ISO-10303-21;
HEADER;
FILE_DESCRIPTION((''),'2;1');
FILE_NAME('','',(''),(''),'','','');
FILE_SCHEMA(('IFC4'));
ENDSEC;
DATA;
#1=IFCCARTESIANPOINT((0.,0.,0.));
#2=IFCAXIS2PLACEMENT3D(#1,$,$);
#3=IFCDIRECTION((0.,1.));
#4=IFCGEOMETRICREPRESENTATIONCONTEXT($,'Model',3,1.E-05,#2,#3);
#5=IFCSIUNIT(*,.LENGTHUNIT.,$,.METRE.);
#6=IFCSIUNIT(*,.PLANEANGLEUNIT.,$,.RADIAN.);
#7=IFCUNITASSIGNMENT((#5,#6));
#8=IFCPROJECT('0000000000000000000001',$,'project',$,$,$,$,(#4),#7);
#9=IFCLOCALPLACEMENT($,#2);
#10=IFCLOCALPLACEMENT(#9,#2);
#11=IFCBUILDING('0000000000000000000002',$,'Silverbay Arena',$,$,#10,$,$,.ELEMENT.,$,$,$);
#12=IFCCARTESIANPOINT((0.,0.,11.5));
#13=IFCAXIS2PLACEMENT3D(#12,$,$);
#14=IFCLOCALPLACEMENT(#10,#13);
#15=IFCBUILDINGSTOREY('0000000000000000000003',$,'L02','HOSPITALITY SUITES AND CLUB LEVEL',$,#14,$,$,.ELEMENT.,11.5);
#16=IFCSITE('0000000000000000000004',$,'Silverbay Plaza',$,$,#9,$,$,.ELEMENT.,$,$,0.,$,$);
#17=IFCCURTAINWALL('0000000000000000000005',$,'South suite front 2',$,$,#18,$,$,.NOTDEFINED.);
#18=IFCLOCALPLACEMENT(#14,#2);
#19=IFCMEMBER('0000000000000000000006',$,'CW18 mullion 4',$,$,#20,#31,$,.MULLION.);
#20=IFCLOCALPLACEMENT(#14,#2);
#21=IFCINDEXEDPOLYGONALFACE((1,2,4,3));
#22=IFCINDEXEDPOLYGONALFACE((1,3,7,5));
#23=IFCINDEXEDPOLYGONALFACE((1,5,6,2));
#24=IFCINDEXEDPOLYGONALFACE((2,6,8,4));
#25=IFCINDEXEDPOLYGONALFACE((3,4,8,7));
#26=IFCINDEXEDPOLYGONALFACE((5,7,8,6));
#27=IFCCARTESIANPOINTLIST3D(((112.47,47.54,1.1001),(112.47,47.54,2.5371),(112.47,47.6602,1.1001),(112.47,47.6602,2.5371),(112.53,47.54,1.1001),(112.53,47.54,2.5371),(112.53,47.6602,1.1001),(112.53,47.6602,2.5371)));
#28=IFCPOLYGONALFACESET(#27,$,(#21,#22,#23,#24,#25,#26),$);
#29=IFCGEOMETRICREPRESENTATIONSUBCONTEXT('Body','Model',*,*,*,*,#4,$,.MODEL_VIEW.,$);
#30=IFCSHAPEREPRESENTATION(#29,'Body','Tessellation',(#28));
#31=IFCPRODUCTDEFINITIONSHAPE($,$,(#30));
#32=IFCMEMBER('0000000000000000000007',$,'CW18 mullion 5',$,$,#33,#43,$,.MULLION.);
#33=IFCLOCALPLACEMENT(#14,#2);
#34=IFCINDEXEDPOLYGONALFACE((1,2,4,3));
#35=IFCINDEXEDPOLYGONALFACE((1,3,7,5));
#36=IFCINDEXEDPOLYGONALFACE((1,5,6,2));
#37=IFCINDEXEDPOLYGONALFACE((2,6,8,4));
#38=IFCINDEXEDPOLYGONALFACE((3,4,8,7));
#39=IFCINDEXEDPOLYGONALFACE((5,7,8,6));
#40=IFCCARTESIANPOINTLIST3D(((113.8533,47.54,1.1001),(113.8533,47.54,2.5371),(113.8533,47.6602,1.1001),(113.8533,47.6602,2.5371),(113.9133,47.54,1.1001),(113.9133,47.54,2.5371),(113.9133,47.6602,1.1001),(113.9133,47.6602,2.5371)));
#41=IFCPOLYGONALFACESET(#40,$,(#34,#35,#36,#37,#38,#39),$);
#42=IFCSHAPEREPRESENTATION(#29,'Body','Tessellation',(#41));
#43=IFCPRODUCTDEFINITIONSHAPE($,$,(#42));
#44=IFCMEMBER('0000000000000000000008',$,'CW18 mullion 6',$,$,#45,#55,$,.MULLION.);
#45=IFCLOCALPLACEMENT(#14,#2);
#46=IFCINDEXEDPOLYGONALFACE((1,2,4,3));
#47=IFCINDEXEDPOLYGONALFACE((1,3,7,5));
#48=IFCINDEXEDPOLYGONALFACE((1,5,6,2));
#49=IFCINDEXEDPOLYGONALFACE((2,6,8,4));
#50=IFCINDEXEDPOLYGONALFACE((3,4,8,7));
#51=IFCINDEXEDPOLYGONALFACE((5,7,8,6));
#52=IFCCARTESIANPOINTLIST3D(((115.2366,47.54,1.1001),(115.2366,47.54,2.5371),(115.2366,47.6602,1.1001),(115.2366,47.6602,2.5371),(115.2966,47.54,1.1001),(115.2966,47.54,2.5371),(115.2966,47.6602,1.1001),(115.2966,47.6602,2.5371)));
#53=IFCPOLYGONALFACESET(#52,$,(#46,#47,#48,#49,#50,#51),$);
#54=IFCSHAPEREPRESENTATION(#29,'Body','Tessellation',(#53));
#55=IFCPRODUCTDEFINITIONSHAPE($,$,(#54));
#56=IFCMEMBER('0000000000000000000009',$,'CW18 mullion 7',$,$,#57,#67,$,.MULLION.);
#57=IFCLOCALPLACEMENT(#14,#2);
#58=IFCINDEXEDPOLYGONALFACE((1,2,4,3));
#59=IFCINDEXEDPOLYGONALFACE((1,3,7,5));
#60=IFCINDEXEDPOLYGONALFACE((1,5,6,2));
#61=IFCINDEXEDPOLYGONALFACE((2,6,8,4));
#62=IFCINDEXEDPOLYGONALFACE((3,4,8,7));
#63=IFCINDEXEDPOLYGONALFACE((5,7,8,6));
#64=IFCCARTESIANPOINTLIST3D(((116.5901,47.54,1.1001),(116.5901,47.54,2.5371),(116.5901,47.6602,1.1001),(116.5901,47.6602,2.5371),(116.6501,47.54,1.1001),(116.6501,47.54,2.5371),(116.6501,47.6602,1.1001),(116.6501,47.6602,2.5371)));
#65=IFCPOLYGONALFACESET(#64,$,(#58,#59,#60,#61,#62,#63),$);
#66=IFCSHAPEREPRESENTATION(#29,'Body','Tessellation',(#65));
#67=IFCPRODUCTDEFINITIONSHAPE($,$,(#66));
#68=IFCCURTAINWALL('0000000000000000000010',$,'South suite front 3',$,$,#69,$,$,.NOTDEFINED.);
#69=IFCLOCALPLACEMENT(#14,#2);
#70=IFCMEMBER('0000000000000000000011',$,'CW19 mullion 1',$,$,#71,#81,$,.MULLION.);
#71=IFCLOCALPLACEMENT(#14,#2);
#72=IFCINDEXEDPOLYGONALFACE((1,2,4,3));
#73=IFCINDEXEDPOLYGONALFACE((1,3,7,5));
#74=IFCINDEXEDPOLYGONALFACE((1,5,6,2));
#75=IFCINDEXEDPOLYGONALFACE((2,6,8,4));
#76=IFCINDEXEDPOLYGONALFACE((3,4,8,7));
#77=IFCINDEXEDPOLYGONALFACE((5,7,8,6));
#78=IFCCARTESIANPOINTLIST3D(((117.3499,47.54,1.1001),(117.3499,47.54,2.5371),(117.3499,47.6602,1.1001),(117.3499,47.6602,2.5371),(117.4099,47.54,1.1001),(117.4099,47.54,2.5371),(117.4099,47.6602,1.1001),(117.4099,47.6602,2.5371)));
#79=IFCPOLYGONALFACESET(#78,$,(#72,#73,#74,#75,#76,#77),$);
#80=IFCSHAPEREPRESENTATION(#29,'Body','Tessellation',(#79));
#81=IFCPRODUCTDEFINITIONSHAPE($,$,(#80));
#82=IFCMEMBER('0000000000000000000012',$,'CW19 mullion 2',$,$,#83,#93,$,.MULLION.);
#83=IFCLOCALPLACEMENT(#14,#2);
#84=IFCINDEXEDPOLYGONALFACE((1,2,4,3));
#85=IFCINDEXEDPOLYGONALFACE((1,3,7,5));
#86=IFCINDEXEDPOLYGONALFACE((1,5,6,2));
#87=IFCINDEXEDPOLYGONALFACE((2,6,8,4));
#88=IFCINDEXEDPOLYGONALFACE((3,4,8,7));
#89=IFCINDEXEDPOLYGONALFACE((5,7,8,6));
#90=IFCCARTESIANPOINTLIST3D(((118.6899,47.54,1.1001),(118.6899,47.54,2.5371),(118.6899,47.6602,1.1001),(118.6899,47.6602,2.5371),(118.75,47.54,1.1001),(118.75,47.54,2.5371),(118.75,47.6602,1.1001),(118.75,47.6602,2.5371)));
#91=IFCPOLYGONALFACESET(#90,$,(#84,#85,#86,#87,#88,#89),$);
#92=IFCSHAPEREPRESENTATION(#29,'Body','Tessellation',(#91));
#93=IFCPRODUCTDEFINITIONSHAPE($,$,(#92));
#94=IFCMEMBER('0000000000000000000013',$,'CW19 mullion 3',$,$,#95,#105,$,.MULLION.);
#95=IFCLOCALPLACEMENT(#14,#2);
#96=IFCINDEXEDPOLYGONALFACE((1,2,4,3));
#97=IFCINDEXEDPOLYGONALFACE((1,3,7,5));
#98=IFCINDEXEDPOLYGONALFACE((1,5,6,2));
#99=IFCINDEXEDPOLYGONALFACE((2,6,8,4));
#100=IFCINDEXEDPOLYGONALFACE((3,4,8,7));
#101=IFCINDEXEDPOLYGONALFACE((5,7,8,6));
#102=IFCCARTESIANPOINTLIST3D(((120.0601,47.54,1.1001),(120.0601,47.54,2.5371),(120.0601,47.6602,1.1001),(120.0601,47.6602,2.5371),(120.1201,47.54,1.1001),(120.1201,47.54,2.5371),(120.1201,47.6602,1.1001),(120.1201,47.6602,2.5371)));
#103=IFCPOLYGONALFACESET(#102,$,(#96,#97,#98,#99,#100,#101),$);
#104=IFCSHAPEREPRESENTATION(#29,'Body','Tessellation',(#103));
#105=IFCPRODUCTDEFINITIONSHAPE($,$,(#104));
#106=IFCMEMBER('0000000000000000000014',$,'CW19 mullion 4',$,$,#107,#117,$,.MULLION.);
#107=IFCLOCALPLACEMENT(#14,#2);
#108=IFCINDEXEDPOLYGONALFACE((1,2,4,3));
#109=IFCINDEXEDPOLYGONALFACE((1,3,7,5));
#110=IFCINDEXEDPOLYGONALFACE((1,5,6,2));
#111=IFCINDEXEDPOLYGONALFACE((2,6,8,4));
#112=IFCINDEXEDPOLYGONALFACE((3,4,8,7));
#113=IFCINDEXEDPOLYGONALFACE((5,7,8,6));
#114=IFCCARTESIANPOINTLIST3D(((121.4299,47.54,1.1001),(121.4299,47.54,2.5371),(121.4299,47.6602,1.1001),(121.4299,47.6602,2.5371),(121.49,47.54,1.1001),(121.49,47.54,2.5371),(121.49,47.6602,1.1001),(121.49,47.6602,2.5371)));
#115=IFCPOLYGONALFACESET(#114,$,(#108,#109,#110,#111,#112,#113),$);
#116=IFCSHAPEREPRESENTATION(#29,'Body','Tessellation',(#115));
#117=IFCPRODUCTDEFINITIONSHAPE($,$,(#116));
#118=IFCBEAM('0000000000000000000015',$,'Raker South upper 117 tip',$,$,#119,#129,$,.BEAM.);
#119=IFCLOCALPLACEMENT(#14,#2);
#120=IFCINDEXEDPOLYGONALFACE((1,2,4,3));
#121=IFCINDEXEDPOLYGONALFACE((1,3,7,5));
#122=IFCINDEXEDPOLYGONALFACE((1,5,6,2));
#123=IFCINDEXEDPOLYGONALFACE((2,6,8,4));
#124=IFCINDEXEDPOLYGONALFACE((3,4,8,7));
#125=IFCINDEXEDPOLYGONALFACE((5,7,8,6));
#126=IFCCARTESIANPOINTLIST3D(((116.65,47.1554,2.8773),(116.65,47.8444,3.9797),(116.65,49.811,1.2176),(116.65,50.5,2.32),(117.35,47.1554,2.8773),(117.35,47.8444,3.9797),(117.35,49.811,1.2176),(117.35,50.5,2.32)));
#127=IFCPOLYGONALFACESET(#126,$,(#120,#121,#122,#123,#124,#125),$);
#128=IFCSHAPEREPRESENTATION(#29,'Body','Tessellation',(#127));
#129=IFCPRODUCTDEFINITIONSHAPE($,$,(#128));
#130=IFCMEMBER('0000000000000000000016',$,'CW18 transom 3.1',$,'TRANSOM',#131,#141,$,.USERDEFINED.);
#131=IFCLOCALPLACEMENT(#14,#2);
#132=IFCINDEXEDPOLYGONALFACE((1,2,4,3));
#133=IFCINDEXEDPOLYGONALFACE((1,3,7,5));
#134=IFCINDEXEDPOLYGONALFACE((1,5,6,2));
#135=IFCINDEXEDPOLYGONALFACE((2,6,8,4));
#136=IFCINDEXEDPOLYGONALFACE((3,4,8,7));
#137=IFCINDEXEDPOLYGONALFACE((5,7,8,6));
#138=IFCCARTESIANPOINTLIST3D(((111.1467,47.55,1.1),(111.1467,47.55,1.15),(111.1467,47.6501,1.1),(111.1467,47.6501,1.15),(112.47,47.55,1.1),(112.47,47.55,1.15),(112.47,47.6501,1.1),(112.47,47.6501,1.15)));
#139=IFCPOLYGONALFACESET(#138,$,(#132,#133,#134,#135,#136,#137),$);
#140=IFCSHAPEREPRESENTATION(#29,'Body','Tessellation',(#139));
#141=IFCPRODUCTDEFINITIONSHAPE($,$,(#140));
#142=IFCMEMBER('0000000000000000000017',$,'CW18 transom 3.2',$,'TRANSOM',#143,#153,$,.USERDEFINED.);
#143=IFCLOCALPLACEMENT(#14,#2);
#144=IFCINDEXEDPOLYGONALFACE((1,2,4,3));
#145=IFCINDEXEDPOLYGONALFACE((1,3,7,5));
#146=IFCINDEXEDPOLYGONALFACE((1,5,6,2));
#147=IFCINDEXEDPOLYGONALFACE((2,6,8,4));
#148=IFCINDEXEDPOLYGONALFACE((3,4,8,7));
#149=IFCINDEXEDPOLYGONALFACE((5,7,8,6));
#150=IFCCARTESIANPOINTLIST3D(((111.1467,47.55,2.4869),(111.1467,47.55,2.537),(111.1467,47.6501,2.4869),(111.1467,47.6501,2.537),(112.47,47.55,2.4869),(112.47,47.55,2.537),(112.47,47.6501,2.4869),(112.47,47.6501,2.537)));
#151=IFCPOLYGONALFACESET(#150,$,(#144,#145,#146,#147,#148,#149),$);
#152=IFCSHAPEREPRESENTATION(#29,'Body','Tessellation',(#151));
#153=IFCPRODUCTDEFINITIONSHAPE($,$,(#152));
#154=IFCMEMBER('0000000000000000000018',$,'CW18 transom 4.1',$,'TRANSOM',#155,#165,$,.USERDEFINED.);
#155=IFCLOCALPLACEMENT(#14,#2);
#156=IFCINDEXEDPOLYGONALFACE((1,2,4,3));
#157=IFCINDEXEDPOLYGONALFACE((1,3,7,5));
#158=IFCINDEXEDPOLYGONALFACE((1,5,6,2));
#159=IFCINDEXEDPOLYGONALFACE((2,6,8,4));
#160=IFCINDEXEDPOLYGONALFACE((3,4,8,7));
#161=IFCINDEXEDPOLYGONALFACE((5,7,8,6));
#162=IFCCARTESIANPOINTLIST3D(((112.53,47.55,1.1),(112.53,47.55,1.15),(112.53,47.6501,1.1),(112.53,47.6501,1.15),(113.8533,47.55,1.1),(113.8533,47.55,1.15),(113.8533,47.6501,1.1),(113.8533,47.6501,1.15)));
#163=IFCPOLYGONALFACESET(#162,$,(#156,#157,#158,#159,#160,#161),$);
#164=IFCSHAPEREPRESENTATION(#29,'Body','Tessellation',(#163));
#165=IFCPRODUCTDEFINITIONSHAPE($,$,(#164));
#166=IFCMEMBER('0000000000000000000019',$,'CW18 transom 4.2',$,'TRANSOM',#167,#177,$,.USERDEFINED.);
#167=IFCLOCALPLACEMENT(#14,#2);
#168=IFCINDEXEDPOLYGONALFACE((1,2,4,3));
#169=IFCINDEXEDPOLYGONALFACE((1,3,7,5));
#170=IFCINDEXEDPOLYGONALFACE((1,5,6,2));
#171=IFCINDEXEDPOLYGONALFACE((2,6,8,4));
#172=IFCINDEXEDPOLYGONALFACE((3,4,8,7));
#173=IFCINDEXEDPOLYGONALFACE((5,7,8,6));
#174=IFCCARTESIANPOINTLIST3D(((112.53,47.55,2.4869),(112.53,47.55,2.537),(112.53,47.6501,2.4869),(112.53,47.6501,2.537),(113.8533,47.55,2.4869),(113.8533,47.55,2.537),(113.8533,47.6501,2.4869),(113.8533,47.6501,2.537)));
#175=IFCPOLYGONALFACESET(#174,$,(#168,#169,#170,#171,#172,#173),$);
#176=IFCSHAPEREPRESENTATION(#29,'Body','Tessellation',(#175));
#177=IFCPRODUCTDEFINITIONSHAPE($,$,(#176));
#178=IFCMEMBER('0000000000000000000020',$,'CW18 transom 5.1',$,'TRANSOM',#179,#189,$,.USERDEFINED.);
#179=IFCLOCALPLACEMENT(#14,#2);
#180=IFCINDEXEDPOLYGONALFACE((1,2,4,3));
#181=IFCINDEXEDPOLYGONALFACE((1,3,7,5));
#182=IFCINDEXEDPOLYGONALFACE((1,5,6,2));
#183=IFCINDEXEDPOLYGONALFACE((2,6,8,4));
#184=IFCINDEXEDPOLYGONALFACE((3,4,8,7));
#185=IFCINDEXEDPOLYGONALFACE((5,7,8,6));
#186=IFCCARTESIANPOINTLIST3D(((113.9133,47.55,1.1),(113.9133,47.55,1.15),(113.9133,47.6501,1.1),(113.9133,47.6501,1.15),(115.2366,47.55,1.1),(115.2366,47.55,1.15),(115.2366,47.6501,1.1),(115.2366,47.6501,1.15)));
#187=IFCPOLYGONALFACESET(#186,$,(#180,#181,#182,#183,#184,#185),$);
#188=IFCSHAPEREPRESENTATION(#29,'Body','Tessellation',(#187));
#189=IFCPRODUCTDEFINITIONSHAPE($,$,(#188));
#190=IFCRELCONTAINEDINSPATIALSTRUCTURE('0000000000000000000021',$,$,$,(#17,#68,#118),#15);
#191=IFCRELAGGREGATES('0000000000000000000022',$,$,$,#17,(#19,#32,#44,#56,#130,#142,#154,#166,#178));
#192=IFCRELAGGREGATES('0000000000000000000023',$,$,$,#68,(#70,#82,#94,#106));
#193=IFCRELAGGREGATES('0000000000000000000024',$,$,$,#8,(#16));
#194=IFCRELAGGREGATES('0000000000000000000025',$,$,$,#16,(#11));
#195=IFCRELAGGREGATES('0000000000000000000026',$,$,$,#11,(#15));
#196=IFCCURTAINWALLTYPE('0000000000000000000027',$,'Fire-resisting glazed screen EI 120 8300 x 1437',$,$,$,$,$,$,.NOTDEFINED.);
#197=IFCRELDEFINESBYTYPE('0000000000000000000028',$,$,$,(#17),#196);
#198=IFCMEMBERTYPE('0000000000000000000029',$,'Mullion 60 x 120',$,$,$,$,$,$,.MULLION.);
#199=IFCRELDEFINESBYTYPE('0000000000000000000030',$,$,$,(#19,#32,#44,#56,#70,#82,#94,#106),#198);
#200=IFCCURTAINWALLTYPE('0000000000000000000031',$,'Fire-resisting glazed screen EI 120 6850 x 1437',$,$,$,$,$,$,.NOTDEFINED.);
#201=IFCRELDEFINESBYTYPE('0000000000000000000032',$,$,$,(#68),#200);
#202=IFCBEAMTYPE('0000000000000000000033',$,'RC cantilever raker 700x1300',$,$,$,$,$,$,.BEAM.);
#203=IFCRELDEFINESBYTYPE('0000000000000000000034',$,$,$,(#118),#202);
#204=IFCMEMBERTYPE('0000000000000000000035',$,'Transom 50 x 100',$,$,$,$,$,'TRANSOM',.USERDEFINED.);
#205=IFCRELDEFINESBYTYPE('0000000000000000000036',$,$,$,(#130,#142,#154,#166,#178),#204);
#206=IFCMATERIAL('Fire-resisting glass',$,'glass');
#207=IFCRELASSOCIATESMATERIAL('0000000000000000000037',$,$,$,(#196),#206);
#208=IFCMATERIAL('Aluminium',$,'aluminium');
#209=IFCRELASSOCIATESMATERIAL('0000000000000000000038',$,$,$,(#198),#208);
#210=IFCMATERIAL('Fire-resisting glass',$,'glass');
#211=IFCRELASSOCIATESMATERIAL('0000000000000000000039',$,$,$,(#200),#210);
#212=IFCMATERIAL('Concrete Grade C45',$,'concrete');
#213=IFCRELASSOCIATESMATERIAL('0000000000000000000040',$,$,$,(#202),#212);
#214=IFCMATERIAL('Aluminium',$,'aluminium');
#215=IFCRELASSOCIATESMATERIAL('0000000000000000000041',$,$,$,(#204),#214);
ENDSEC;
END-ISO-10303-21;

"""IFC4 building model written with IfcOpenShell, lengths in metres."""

from ifc_helpers import new_model, si_unit, direction, frame, origin, origin_2d, place, context, subcontext, project, spatial, rectangle, extrude, material, material_profile, profile_set, type_object, element, aggregate, save


model = new_model("IFC4")

# Units and contexts
model_context = context("Model", 3, precision=1e-05, world=origin(), true_north=direction((0.0, 1.0)))
body_context = subcontext(model_context, "Body", "Model", "MODEL_VIEW")
ifc_project = project(units=[si_unit("LENGTHUNIT", "METRE"), si_unit("PLANEANGLEUNIT", "RADIAN")], contexts=[model_context])

# Site, building, storey
site_placement = place(None, origin())
site = spatial("IfcSite", under=ifc_project, at=site_placement, Name="Silverbay Plaza", CompositionType="ELEMENT", RefElevation=0.0)
building_placement = place(site_placement, origin())
building = spatial("IfcBuilding", under=site, at=building_placement, Name="Silverbay Arena", CompositionType="ELEMENT")
storey_placement = place(building_placement, frame((0.0, 0.0, 11.5)))
storey = spatial("IfcBuildingStorey", under=building, at=storey_placement, Name="L02", Description="HOSPITALITY SUITES AND CLUB LEVEL", CompositionType="ELEMENT", Elevation=11.5)

# Curtain walls, members
ifc_material_1 = material(Name="Fire-resisting glass", Category="glass")
curtain_wall_type_1 = type_object("IfcCurtainWallType", Name="Fire-resisting glazed screen EI 120 8300 x 1437", PredefinedType="NOTDEFINED", material=ifc_material_1)
curtain_wall_1_placement = place(storey_placement, origin())
curtain_wall_1 = element("IfcCurtainWall", 1, at=curtain_wall_1_placement, inside=storey, type_object=curtain_wall_type_1, Name="South suite front 2", PredefinedType="NOTDEFINED")
ifc_material_2 = material(Name="Aluminium", Category="aluminium")
ifc_material_profile_1 = material_profile(ifc_material_2, rectangle(XDim=0.1201, YDim=0.0601, at=origin_2d()), Name="Mullion 60 x 120")
ifc_profile_set_1 = profile_set([ifc_material_profile_1], Name="Aluminium")
member_type_1 = type_object("IfcMemberType", Name="Mullion 60 x 120", PredefinedType="MULLION", material=ifc_profile_set_1)
member_1_placement = place(storey_placement, frame((112.5, 47.6001, 1.1001), z_axis=(0.0, 0.0, 1.0), x_axis=(0.0, 1.0, 0.0)))
member_1 = element("IfcMember", 2, at=member_1_placement, type_object=member_type_1, Name="CW18 mullion 4", PredefinedType="MULLION", context=body_context, shape_type="SweptSolid", body=[
    extrude(rectangle(XDim=0.1201, YDim=0.0601, at=origin_2d()), origin(), (0.0, 0.0, 1.0), 1.437),
])
member_2_placement = place(storey_placement, frame((113.8833, 47.6001, 1.1001), z_axis=(0.0, 0.0, 1.0), x_axis=(0.0, 1.0, 0.0)))
member_2 = element("IfcMember", 3, at=member_2_placement, type_object=member_type_1, Name="CW18 mullion 5", PredefinedType="MULLION", context=body_context, shape_type="SweptSolid", body=[
    extrude(rectangle(XDim=0.1201, YDim=0.0601, at=origin_2d()), origin(), (0.0, 0.0, 1.0), 1.437),
])
member_3_placement = place(storey_placement, frame((115.2666, 47.6001, 1.1001), z_axis=(0.0, 0.0, 1.0), x_axis=(0.0, 1.0, 0.0)))
member_3 = element("IfcMember", 4, at=member_3_placement, type_object=member_type_1, Name="CW18 mullion 6", PredefinedType="MULLION", context=body_context, shape_type="SweptSolid", body=[
    extrude(rectangle(XDim=0.1201, YDim=0.0601, at=origin_2d()), origin(), (0.0, 0.0, 1.0), 1.437),
])
member_4_placement = place(storey_placement, frame((116.6201, 47.6001, 1.1001), z_axis=(0.0, 0.0, 1.0), x_axis=(0.0, 1.0, 0.0)))
member_4 = element("IfcMember", 5, at=member_4_placement, type_object=member_type_1, Name="CW18 mullion 7", PredefinedType="MULLION", context=body_context, shape_type="SweptSolid", body=[
    extrude(rectangle(XDim=0.1201, YDim=0.0601, at=origin_2d()), origin(), (0.0, 0.0, 1.0), 1.437),
])
ifc_material_3 = material(Name="Fire-resisting glass", Category="glass")
curtain_wall_type_2 = type_object("IfcCurtainWallType", Name="Fire-resisting glazed screen EI 120 6850 x 1437", PredefinedType="NOTDEFINED", material=ifc_material_3)
curtain_wall_2_placement = place(storey_placement, origin())
curtain_wall_2 = element("IfcCurtainWall", 6, at=curtain_wall_2_placement, inside=storey, type_object=curtain_wall_type_2, Name="South suite front 3", PredefinedType="NOTDEFINED")
member_5_placement = place(storey_placement, frame((117.3799, 47.6001, 1.1001), z_axis=(0.0, 0.0, 1.0), x_axis=(0.0, 1.0, 0.0)))
member_5 = element("IfcMember", 7, at=member_5_placement, type_object=member_type_1, Name="CW19 mullion 1", PredefinedType="MULLION", context=body_context, shape_type="SweptSolid", body=[
    extrude(rectangle(XDim=0.1201, YDim=0.0601, at=origin_2d()), origin(), (0.0, 0.0, 1.0), 1.437),
])
member_6_placement = place(storey_placement, frame((118.72, 47.6001, 1.1001), z_axis=(0.0, 0.0, 1.0), x_axis=(0.0, 1.0, 0.0)))
member_6 = element("IfcMember", 8, at=member_6_placement, type_object=member_type_1, Name="CW19 mullion 2", PredefinedType="MULLION", context=body_context, shape_type="SweptSolid", body=[
    extrude(rectangle(XDim=0.1201, YDim=0.0601, at=origin_2d()), origin(), (0.0, 0.0, 1.0), 1.437),
])
member_7_placement = place(storey_placement, frame((120.0901, 47.6001, 1.1001), z_axis=(0.0, 0.0, 1.0), x_axis=(0.0, 1.0, 0.0)))
member_7 = element("IfcMember", 9, at=member_7_placement, type_object=member_type_1, Name="CW19 mullion 3", PredefinedType="MULLION", context=body_context, shape_type="SweptSolid", body=[
    extrude(rectangle(XDim=0.1201, YDim=0.0601, at=origin_2d()), origin(), (0.0, 0.0, 1.0), 1.437),
])
member_8_placement = place(storey_placement, frame((121.46, 47.6001, 1.1001), z_axis=(0.0, 0.0, 1.0), x_axis=(0.0, 1.0, 0.0)))
member_8 = element("IfcMember", 10, at=member_8_placement, type_object=member_type_1, Name="CW19 mullion 4", PredefinedType="MULLION", context=body_context, shape_type="SweptSolid", body=[
    extrude(rectangle(XDim=0.1201, YDim=0.0601, at=origin_2d()), origin(), (0.0, 0.0, 1.0), 1.437),
])

# Beam
ifc_material_4 = material(Name="Concrete Grade C45", Category="concrete")
ifc_material_profile_2 = material_profile(ifc_material_4, rectangle(XDim=0.7, YDim=1.3, at=origin_2d()), Name="RC 700x1300")
ifc_profile_set_2 = profile_set([ifc_material_profile_2], Name="Concrete Grade C45")
beam_type = type_object("IfcBeamType", Name="RC cantilever raker 700x1300", PredefinedType="BEAM", material=ifc_profile_set_2)
beam_placement = place(storey_placement, frame((117.0, 50.1555, 1.7688), z_axis=(0.0, -0.848003, 0.529992), x_axis=(1.0, 0.0, 0.0)))
element("IfcBeam", 11, at=beam_placement, inside=storey, type_object=beam_type, Name="Raker South upper 117 tip", PredefinedType="BEAM", context=body_context, shape_type="SweptSolid", body=[
    extrude(rectangle(XDim=0.7, YDim=1.3, at=origin_2d()), origin(), (0.0, 0.0, 1.0), 3.1316),
])

# Members
ifc_material_5 = material(Name="Aluminium", Category="aluminium")
ifc_material_profile_3 = material_profile(ifc_material_5, rectangle(XDim=0.1001, YDim=0.05, at=origin_2d()), Name="Transom 50 x 100")
ifc_profile_set_3 = profile_set([ifc_material_profile_3], Name="Aluminium")
member_type_2 = type_object("IfcMemberType", Name="Transom 50 x 100", ElementType="TRANSOM", PredefinedType="USERDEFINED", material=ifc_profile_set_3)
member_9_placement = place(storey_placement, frame((111.1467, 47.6001, 1.125), z_axis=(1.0, 0.0, 0.0), x_axis=(0.0, 1.0, 0.0)))
member_9 = element("IfcMember", 12, at=member_9_placement, type_object=member_type_2, Name="CW18 transom 3.1", ObjectType="TRANSOM", PredefinedType="USERDEFINED", context=body_context, shape_type="SweptSolid", body=[
    extrude(rectangle(XDim=0.1001, YDim=0.05, at=origin_2d()), origin(), (0.0, 0.0, 1.0), 1.3232),
])
member_10_placement = place(storey_placement, frame((111.1467, 47.6001, 2.512), z_axis=(1.0, 0.0, 0.0), x_axis=(0.0, 1.0, 0.0)))
member_10 = element("IfcMember", 13, at=member_10_placement, type_object=member_type_2, Name="CW18 transom 3.2", ObjectType="TRANSOM", PredefinedType="USERDEFINED", context=body_context, shape_type="SweptSolid", body=[
    extrude(rectangle(XDim=0.1001, YDim=0.05, at=origin_2d()), origin(), (0.0, 0.0, 1.0), 1.3232),
])
member_11_placement = place(storey_placement, frame((112.53, 47.6001, 1.125), z_axis=(1.0, 0.0, 0.0), x_axis=(0.0, 1.0, 0.0)))
member_11 = element("IfcMember", 14, at=member_11_placement, type_object=member_type_2, Name="CW18 transom 4.1", ObjectType="TRANSOM", PredefinedType="USERDEFINED", context=body_context, shape_type="SweptSolid", body=[
    extrude(rectangle(XDim=0.1001, YDim=0.05, at=origin_2d()), origin(), (0.0, 0.0, 1.0), 1.3232),
])
member_12_placement = place(storey_placement, frame((112.53, 47.6001, 2.512), z_axis=(1.0, 0.0, 0.0), x_axis=(0.0, 1.0, 0.0)))
member_12 = element("IfcMember", 15, at=member_12_placement, type_object=member_type_2, Name="CW18 transom 4.2", ObjectType="TRANSOM", PredefinedType="USERDEFINED", context=body_context, shape_type="SweptSolid", body=[
    extrude(rectangle(XDim=0.1001, YDim=0.05, at=origin_2d()), origin(), (0.0, 0.0, 1.0), 1.3232),
])
member_13_placement = place(storey_placement, frame((113.9133, 47.6001, 1.125), z_axis=(1.0, 0.0, 0.0), x_axis=(0.0, 1.0, 0.0)))
member_13 = element("IfcMember", 16, at=member_13_placement, type_object=member_type_2, Name="CW18 transom 5.1", ObjectType="TRANSOM", PredefinedType="USERDEFINED", context=body_context, shape_type="SweptSolid", body=[
    extrude(rectangle(XDim=0.1001, YDim=0.05, at=origin_2d()), origin(), (0.0, 0.0, 1.0), 1.3232),
])

aggregate(curtain_wall_1, [member_1, member_2, member_3, member_4, member_9, member_10, member_11, member_12, member_13])
aggregate(curtain_wall_2, [member_5, member_6, member_7, member_8])

save(model, "model.ifc")
